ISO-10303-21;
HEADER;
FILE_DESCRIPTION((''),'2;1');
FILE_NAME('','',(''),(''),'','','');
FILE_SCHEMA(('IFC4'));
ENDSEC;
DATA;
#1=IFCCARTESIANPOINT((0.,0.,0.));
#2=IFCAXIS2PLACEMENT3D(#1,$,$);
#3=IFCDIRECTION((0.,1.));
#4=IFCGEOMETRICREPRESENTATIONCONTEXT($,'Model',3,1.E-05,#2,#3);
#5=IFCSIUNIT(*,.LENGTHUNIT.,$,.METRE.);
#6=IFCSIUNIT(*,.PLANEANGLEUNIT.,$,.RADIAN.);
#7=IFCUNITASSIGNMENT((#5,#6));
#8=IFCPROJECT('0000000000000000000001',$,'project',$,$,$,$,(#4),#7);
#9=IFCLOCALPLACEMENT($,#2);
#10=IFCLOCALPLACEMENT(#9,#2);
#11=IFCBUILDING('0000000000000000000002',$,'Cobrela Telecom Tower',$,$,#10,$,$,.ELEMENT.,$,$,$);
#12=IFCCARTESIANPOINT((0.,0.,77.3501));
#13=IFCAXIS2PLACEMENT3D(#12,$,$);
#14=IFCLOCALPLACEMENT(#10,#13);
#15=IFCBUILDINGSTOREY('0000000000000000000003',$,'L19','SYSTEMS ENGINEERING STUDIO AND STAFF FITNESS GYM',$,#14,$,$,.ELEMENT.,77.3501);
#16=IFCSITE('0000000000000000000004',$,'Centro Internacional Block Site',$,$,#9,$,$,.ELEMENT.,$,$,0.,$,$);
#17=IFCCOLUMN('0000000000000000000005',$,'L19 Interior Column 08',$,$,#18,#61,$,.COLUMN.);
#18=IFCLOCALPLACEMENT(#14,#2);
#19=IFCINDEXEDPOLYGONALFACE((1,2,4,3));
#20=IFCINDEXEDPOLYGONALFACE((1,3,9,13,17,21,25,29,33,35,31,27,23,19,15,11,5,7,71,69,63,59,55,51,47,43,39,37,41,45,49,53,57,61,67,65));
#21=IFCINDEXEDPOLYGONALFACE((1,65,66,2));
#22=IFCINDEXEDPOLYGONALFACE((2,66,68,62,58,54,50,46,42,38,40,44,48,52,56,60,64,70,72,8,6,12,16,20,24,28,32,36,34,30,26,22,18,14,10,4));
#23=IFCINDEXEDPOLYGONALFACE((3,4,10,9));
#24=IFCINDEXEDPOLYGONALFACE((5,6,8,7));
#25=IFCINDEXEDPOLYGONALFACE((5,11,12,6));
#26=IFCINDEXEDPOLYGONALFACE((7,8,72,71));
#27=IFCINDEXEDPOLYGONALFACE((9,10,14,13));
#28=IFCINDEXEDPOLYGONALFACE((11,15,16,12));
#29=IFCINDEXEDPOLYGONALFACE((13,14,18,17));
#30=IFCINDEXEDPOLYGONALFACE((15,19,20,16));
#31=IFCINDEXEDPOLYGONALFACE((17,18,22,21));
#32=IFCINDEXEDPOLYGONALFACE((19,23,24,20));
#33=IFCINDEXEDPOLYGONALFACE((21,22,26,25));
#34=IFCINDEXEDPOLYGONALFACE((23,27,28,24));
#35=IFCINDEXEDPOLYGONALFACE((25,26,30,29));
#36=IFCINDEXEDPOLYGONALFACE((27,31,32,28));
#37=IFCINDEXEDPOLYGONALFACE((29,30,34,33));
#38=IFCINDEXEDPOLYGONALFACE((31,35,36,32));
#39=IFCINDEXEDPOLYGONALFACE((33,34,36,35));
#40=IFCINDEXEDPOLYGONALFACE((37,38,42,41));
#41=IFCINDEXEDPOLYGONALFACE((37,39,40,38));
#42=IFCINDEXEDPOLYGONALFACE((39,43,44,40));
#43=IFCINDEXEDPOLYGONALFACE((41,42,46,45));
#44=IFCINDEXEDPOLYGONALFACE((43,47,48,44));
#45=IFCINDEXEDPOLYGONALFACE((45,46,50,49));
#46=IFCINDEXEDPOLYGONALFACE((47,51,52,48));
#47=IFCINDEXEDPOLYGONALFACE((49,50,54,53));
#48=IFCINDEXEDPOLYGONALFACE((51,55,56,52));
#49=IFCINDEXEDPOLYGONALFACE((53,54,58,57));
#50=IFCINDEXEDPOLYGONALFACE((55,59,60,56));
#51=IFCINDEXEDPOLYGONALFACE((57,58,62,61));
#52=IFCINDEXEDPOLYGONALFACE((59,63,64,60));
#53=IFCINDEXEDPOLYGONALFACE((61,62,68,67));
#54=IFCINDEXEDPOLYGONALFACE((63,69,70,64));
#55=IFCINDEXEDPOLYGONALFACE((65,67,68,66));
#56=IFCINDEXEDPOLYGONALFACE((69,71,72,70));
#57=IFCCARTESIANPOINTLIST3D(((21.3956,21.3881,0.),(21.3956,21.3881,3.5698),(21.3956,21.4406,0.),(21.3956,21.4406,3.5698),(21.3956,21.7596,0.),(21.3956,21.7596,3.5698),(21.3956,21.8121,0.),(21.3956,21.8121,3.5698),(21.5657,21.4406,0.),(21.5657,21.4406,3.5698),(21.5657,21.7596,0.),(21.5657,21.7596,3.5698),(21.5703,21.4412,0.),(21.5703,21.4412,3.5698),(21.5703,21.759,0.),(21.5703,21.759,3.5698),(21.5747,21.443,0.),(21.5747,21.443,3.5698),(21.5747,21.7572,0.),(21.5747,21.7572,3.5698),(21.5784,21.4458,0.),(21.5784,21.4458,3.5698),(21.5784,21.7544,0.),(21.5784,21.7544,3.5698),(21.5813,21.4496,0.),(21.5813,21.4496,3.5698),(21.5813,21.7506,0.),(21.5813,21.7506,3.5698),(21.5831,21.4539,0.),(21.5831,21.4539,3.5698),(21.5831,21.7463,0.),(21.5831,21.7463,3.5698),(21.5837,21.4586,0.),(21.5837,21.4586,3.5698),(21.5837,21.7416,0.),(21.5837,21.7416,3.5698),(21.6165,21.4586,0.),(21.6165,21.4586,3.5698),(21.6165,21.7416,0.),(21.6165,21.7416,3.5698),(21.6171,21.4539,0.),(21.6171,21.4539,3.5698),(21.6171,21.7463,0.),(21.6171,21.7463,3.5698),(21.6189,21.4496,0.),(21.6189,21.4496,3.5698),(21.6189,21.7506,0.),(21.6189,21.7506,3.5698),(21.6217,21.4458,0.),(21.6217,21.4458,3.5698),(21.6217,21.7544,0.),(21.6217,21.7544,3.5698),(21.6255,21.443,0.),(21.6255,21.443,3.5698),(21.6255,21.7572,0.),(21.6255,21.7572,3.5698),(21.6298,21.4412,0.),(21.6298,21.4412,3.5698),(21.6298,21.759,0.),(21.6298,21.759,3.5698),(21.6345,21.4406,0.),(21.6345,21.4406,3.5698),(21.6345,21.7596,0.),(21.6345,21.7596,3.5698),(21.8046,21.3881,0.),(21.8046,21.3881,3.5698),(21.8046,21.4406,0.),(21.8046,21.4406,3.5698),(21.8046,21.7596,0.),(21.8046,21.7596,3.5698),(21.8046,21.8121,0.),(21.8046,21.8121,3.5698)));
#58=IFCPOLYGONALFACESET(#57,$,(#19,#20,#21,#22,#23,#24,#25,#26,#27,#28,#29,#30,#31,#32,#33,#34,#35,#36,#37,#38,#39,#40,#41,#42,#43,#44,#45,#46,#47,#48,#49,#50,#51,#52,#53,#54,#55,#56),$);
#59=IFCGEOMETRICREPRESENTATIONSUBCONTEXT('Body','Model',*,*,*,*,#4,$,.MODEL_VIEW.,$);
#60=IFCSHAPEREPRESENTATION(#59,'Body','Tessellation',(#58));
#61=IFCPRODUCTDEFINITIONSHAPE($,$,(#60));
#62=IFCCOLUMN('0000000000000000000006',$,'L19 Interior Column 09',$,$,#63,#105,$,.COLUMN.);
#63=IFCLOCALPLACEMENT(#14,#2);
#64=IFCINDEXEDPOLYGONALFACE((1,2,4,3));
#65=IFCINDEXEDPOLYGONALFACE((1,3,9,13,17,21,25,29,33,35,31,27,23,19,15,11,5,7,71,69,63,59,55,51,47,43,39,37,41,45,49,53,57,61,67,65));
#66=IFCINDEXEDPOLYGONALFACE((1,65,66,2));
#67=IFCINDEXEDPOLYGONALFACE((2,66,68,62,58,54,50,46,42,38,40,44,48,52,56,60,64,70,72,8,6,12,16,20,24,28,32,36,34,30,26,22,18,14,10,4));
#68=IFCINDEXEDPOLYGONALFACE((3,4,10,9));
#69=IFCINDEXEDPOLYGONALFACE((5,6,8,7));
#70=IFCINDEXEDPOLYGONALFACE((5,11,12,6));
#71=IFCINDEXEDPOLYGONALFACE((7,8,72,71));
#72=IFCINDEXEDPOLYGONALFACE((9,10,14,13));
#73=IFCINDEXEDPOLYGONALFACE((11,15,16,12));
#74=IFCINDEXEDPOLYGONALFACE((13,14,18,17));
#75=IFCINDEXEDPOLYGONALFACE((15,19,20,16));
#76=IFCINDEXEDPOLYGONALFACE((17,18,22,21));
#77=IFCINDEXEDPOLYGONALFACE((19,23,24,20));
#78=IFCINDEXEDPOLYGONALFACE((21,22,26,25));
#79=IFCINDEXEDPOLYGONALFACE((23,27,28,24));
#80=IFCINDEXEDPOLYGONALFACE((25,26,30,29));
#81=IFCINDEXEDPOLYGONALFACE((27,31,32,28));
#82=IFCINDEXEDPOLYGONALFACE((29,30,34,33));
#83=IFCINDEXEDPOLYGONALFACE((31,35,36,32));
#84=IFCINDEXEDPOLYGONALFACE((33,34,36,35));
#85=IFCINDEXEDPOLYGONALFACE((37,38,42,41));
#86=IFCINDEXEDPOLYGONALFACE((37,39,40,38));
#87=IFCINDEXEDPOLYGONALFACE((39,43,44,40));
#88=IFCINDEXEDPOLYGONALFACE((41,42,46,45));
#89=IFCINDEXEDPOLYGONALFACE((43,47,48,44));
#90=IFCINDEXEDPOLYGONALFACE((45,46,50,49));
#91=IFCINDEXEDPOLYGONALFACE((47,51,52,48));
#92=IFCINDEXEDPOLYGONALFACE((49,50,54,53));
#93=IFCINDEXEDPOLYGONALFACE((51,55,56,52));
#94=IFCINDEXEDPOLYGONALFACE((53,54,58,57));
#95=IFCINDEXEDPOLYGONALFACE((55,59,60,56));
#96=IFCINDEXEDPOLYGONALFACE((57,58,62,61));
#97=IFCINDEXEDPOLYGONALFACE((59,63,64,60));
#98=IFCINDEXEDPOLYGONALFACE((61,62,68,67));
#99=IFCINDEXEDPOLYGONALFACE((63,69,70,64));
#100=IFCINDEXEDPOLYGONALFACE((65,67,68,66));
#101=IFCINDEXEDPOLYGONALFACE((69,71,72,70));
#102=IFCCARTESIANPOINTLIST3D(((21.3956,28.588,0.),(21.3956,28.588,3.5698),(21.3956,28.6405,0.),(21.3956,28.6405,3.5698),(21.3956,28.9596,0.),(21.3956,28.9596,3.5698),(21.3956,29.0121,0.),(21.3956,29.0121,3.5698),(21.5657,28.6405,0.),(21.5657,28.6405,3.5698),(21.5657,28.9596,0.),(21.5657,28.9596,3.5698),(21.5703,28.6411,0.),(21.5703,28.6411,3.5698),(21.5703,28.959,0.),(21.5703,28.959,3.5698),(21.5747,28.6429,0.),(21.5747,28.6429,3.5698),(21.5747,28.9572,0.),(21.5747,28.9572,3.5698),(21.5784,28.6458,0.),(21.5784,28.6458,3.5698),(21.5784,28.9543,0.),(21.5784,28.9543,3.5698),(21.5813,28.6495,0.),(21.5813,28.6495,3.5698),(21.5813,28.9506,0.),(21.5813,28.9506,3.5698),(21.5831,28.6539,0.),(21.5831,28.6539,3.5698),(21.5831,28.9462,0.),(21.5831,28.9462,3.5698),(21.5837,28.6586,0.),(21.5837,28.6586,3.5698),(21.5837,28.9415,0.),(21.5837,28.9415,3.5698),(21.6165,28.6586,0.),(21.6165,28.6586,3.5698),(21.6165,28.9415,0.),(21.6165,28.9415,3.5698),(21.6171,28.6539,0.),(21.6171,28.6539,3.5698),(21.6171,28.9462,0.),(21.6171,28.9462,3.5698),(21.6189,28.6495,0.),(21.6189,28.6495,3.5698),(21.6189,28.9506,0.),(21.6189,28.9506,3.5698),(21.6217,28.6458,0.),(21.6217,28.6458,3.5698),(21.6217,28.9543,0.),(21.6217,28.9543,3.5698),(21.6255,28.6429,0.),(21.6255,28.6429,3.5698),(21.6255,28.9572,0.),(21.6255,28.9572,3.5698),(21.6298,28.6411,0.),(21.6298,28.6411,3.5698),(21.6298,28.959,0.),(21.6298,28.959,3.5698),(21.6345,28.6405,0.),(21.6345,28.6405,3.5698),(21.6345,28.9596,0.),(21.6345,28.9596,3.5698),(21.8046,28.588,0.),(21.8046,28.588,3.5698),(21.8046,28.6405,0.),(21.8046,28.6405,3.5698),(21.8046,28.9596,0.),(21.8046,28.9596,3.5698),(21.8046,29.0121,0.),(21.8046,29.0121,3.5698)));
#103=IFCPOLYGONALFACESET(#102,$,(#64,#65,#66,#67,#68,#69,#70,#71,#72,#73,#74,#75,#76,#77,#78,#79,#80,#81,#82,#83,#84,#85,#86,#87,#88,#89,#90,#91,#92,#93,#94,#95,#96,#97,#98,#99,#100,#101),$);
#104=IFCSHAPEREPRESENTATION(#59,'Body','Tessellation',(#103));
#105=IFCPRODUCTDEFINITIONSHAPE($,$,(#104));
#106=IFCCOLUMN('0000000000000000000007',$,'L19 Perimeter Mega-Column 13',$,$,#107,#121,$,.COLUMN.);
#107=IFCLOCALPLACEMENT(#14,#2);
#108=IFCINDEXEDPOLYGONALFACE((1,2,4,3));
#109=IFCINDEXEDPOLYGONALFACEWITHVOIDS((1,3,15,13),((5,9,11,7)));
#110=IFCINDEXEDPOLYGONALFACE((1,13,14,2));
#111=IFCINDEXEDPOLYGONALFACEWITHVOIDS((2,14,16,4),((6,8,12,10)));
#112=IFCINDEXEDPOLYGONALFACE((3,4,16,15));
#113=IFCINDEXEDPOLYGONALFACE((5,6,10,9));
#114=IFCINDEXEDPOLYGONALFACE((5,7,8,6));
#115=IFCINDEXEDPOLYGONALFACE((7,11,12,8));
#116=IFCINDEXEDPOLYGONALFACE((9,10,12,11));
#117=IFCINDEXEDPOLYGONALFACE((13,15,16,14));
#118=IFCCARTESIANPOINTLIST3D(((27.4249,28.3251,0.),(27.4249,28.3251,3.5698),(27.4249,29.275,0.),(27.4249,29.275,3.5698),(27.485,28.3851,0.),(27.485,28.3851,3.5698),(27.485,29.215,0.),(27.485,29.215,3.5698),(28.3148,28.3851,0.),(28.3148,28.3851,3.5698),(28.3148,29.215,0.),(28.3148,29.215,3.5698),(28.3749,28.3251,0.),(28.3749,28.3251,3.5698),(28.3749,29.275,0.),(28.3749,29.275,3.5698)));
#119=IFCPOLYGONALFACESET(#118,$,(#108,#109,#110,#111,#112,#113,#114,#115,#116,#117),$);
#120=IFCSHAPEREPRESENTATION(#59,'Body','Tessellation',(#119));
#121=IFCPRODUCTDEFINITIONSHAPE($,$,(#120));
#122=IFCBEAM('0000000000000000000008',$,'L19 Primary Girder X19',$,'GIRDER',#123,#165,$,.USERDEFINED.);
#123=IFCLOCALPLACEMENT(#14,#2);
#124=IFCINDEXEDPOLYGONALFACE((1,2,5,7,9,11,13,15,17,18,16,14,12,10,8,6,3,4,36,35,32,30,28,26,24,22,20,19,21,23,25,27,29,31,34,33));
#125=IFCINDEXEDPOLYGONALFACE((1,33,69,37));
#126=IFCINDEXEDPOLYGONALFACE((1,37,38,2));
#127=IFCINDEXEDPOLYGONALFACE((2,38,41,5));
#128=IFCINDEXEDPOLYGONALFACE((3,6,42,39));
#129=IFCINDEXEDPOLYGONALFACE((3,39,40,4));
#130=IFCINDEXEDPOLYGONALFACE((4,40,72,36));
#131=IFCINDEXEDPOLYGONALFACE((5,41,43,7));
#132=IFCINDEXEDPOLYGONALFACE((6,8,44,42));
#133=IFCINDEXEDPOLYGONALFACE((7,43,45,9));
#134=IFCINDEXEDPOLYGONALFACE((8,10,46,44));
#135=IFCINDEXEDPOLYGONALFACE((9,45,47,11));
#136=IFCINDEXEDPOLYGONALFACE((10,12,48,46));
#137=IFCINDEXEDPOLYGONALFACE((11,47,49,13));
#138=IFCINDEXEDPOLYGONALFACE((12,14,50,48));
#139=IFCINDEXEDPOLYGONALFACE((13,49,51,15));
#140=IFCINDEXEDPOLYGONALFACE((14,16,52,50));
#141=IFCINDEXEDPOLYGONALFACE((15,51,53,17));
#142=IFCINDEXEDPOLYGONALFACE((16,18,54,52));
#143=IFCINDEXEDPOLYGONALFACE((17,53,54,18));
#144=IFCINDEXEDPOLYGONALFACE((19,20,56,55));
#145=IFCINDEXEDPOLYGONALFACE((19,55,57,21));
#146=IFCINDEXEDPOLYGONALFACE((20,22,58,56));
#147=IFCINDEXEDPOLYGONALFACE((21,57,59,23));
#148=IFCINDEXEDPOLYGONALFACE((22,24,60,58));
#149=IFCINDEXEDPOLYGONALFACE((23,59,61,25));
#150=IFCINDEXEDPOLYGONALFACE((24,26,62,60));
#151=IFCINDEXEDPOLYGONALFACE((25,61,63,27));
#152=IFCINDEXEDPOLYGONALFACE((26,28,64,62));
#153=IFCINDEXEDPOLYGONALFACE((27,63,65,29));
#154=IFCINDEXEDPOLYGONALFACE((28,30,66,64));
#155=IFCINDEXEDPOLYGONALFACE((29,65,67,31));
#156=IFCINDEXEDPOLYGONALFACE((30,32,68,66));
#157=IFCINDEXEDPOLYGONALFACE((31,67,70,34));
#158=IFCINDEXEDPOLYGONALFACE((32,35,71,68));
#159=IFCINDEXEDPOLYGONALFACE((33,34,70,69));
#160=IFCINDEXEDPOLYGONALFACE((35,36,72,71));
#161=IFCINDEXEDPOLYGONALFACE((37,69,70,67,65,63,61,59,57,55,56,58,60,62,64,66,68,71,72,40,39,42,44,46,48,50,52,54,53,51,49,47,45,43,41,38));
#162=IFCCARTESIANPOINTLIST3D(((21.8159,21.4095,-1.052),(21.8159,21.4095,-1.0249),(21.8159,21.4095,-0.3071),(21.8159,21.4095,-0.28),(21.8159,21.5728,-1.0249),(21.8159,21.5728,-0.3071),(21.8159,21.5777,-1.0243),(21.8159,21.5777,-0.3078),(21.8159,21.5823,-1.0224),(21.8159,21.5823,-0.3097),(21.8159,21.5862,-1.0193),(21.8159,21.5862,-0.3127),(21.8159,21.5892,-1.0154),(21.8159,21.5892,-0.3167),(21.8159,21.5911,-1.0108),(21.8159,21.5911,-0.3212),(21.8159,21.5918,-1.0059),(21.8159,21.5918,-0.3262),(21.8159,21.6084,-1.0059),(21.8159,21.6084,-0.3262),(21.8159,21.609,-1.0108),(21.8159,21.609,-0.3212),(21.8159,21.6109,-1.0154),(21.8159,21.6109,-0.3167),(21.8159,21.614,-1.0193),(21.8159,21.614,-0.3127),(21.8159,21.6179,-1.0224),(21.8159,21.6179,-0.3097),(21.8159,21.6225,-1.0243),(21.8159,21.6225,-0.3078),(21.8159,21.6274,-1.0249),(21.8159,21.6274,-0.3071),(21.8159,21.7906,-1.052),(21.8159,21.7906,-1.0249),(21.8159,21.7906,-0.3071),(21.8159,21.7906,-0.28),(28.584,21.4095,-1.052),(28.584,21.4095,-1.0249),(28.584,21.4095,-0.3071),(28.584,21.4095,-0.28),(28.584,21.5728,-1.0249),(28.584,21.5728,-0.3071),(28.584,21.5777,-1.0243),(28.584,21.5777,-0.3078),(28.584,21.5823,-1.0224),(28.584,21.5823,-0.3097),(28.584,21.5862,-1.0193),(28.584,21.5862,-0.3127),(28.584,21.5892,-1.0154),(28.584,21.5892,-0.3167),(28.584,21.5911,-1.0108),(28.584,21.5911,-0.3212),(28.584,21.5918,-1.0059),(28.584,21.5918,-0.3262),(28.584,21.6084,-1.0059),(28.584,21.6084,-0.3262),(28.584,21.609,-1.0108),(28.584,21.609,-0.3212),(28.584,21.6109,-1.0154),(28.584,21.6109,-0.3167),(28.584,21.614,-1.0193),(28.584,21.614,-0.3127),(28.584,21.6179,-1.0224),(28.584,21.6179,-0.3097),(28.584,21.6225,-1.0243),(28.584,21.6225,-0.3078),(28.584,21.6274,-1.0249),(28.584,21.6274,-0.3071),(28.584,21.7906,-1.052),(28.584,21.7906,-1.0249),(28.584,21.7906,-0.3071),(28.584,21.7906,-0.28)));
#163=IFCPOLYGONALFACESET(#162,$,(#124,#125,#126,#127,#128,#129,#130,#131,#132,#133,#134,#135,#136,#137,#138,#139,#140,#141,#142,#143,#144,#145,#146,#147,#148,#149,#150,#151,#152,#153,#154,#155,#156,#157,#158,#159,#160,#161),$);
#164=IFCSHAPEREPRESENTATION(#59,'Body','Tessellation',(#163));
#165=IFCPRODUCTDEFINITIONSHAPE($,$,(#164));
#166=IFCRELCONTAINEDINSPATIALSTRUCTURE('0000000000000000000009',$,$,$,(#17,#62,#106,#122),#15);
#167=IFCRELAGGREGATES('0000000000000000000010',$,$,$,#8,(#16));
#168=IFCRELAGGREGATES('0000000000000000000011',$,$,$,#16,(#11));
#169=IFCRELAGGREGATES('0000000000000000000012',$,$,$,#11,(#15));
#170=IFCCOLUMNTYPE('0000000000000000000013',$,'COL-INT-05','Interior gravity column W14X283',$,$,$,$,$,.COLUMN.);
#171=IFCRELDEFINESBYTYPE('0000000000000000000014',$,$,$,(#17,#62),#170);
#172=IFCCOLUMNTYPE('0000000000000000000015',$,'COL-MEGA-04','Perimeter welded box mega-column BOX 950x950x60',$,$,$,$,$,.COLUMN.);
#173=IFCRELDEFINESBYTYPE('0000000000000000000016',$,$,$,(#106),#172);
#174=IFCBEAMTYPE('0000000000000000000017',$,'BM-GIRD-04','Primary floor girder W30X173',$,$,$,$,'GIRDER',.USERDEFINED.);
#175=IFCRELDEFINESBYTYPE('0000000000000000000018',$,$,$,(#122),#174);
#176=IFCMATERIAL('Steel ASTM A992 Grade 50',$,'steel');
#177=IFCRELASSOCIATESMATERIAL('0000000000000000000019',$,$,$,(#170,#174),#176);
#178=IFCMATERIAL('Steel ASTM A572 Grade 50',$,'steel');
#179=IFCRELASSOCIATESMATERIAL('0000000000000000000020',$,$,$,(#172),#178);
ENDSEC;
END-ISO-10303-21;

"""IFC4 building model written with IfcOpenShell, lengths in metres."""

from ifc_helpers import new_model, si_unit, direction, frame, origin, origin_2d, place, context, subcontext, project, spatial, hollow_rectangle, i_section, extrude, material, material_profile, profile_set, type_object, element, save


model = new_model("IFC4")

# Units and contexts
model_context = context("Model", 3, precision=1e-05, world=origin(), true_north=direction((0.0, 1.0)))
body_context = subcontext(model_context, "Body", "Model", "MODEL_VIEW")
ifc_project = project(units=[si_unit("LENGTHUNIT", "METRE"), si_unit("PLANEANGLEUNIT", "RADIAN")], contexts=[model_context])

# Site, building, storey
site_placement = place(None, origin())
site = spatial("IfcSite", under=ifc_project, at=site_placement, Name="Centro Internacional Block Site", CompositionType="ELEMENT", RefElevation=0.0)
building_placement = place(site_placement, origin())
building = spatial("IfcBuilding", under=site, at=building_placement, Name="Cobrela Telecom Tower", CompositionType="ELEMENT")
storey_placement = place(building_placement, frame((0.0, 0.0, 77.3501)))
storey = spatial("IfcBuildingStorey", under=building, at=storey_placement, Name="L19", Description="SYSTEMS ENGINEERING STUDIO AND STAFF FITNESS GYM", CompositionType="ELEMENT", Elevation=77.3501)

# Columns
ifc_material_1 = material(Name="Steel ASTM A992 Grade 50", Category="steel")
ifc_material_profile_1 = material_profile(ifc_material_1, i_section(OverallWidth=0.4089, OverallDepth=0.4241, WebThickness=0.0327, FlangeThickness=0.0525, FilletRadius=0.0181, at=origin_2d()), Name="W14X283")
ifc_profile_set_1 = profile_set([ifc_material_profile_1], Name="Steel ASTM A992 Grade 50")
column_type_1 = type_object("IfcColumnType", Name="COL-INT-05", Description="Interior gravity column W14X283", PredefinedType="COLUMN", material=ifc_profile_set_1)
for number, where, z_axis, x_axis, name in (
    (1, (21.6001, 21.6001, 0.0), (0.0, 0.0, 1.0), (1.0, 0.0, 0.0), "L19 Interior Column 08"),
    (2, (21.6001, 28.8, 0.0), (0.0, 0.0, 1.0), (1.0, 0.0, 0.0), "L19 Interior Column 09"),
):
    element("IfcColumn", number, at=place(storey_placement, frame(where, z_axis=z_axis, x_axis=x_axis)), inside=storey, type_object=column_type_1, Name=name, PredefinedType="COLUMN", context=body_context, shape_type="SweptSolid", body=[
        extrude(i_section(OverallWidth=0.4089, OverallDepth=0.4241, WebThickness=0.0327, FlangeThickness=0.0525, FilletRadius=0.0181, at=origin_2d()), origin(), (0.0, 0.0, 1.0), 3.5698),
    ])
ifc_material_2 = material(Name="Steel ASTM A572 Grade 50", Category="steel")
ifc_material_profile_2 = material_profile(ifc_material_2, hollow_rectangle(XDim=0.95, YDim=0.95, WallThickness=0.0601, at=origin_2d()), Name="BOX 950x950x60")
ifc_profile_set_2 = profile_set([ifc_material_profile_2], Name="Steel ASTM A572 Grade 50")
column_type_2 = type_object("IfcColumnType", Name="COL-MEGA-04", Description="Perimeter welded box mega-column BOX 950x950x60", PredefinedType="COLUMN", material=ifc_profile_set_2)
column_placement = place(storey_placement, frame((27.8999, 28.8, 0.0), z_axis=(0.0, 0.0, 1.0), x_axis=(1.0, 0.0, 0.0)))
element("IfcColumn", 3, at=column_placement, inside=storey, type_object=column_type_2, Name="L19 Perimeter Mega-Column 13", PredefinedType="COLUMN", context=body_context, shape_type="SweptSolid", body=[
    extrude(hollow_rectangle(XDim=0.95, YDim=0.95, WallThickness=0.0601, at=origin_2d()), origin(), (0.0, 0.0, 1.0), 3.5698),
])

# Beam
ifc_material_profile_3 = material_profile(ifc_material_1, i_section(OverallWidth=0.3811, OverallDepth=0.772, WebThickness=0.0166, FlangeThickness=0.0271, FilletRadius=0.019, at=origin_2d()), Name="W30X173")
ifc_profile_set_3 = profile_set([ifc_material_profile_3], Name="Steel ASTM A992 Grade 50")
beam_type_1 = type_object("IfcBeamType", Name="BM-GIRD-04", Description="Primary floor girder W30X173", ElementType="GIRDER", PredefinedType="USERDEFINED", material=ifc_profile_set_3)
beam_1_placement = place(storey_placement, frame((21.8159, 21.6001, -0.666), z_axis=(1.0, 0.0, 0.0), x_axis=(0.0, 1.0, 0.0)))
element("IfcBeam", 4, at=beam_1_placement, inside=storey, type_object=beam_type_1, Name="L19 Primary Girder X19", ObjectType="GIRDER", PredefinedType="USERDEFINED", context=body_context, shape_type="SweptSolid", body=[
    extrude(i_section(OverallWidth=0.3811, OverallDepth=0.772, WebThickness=0.0166, FlangeThickness=0.0271, FilletRadius=0.019, at=origin_2d()), origin(), (0.0, 0.0, 1.0), 6.7681),
])

save(model, "model.ifc")
